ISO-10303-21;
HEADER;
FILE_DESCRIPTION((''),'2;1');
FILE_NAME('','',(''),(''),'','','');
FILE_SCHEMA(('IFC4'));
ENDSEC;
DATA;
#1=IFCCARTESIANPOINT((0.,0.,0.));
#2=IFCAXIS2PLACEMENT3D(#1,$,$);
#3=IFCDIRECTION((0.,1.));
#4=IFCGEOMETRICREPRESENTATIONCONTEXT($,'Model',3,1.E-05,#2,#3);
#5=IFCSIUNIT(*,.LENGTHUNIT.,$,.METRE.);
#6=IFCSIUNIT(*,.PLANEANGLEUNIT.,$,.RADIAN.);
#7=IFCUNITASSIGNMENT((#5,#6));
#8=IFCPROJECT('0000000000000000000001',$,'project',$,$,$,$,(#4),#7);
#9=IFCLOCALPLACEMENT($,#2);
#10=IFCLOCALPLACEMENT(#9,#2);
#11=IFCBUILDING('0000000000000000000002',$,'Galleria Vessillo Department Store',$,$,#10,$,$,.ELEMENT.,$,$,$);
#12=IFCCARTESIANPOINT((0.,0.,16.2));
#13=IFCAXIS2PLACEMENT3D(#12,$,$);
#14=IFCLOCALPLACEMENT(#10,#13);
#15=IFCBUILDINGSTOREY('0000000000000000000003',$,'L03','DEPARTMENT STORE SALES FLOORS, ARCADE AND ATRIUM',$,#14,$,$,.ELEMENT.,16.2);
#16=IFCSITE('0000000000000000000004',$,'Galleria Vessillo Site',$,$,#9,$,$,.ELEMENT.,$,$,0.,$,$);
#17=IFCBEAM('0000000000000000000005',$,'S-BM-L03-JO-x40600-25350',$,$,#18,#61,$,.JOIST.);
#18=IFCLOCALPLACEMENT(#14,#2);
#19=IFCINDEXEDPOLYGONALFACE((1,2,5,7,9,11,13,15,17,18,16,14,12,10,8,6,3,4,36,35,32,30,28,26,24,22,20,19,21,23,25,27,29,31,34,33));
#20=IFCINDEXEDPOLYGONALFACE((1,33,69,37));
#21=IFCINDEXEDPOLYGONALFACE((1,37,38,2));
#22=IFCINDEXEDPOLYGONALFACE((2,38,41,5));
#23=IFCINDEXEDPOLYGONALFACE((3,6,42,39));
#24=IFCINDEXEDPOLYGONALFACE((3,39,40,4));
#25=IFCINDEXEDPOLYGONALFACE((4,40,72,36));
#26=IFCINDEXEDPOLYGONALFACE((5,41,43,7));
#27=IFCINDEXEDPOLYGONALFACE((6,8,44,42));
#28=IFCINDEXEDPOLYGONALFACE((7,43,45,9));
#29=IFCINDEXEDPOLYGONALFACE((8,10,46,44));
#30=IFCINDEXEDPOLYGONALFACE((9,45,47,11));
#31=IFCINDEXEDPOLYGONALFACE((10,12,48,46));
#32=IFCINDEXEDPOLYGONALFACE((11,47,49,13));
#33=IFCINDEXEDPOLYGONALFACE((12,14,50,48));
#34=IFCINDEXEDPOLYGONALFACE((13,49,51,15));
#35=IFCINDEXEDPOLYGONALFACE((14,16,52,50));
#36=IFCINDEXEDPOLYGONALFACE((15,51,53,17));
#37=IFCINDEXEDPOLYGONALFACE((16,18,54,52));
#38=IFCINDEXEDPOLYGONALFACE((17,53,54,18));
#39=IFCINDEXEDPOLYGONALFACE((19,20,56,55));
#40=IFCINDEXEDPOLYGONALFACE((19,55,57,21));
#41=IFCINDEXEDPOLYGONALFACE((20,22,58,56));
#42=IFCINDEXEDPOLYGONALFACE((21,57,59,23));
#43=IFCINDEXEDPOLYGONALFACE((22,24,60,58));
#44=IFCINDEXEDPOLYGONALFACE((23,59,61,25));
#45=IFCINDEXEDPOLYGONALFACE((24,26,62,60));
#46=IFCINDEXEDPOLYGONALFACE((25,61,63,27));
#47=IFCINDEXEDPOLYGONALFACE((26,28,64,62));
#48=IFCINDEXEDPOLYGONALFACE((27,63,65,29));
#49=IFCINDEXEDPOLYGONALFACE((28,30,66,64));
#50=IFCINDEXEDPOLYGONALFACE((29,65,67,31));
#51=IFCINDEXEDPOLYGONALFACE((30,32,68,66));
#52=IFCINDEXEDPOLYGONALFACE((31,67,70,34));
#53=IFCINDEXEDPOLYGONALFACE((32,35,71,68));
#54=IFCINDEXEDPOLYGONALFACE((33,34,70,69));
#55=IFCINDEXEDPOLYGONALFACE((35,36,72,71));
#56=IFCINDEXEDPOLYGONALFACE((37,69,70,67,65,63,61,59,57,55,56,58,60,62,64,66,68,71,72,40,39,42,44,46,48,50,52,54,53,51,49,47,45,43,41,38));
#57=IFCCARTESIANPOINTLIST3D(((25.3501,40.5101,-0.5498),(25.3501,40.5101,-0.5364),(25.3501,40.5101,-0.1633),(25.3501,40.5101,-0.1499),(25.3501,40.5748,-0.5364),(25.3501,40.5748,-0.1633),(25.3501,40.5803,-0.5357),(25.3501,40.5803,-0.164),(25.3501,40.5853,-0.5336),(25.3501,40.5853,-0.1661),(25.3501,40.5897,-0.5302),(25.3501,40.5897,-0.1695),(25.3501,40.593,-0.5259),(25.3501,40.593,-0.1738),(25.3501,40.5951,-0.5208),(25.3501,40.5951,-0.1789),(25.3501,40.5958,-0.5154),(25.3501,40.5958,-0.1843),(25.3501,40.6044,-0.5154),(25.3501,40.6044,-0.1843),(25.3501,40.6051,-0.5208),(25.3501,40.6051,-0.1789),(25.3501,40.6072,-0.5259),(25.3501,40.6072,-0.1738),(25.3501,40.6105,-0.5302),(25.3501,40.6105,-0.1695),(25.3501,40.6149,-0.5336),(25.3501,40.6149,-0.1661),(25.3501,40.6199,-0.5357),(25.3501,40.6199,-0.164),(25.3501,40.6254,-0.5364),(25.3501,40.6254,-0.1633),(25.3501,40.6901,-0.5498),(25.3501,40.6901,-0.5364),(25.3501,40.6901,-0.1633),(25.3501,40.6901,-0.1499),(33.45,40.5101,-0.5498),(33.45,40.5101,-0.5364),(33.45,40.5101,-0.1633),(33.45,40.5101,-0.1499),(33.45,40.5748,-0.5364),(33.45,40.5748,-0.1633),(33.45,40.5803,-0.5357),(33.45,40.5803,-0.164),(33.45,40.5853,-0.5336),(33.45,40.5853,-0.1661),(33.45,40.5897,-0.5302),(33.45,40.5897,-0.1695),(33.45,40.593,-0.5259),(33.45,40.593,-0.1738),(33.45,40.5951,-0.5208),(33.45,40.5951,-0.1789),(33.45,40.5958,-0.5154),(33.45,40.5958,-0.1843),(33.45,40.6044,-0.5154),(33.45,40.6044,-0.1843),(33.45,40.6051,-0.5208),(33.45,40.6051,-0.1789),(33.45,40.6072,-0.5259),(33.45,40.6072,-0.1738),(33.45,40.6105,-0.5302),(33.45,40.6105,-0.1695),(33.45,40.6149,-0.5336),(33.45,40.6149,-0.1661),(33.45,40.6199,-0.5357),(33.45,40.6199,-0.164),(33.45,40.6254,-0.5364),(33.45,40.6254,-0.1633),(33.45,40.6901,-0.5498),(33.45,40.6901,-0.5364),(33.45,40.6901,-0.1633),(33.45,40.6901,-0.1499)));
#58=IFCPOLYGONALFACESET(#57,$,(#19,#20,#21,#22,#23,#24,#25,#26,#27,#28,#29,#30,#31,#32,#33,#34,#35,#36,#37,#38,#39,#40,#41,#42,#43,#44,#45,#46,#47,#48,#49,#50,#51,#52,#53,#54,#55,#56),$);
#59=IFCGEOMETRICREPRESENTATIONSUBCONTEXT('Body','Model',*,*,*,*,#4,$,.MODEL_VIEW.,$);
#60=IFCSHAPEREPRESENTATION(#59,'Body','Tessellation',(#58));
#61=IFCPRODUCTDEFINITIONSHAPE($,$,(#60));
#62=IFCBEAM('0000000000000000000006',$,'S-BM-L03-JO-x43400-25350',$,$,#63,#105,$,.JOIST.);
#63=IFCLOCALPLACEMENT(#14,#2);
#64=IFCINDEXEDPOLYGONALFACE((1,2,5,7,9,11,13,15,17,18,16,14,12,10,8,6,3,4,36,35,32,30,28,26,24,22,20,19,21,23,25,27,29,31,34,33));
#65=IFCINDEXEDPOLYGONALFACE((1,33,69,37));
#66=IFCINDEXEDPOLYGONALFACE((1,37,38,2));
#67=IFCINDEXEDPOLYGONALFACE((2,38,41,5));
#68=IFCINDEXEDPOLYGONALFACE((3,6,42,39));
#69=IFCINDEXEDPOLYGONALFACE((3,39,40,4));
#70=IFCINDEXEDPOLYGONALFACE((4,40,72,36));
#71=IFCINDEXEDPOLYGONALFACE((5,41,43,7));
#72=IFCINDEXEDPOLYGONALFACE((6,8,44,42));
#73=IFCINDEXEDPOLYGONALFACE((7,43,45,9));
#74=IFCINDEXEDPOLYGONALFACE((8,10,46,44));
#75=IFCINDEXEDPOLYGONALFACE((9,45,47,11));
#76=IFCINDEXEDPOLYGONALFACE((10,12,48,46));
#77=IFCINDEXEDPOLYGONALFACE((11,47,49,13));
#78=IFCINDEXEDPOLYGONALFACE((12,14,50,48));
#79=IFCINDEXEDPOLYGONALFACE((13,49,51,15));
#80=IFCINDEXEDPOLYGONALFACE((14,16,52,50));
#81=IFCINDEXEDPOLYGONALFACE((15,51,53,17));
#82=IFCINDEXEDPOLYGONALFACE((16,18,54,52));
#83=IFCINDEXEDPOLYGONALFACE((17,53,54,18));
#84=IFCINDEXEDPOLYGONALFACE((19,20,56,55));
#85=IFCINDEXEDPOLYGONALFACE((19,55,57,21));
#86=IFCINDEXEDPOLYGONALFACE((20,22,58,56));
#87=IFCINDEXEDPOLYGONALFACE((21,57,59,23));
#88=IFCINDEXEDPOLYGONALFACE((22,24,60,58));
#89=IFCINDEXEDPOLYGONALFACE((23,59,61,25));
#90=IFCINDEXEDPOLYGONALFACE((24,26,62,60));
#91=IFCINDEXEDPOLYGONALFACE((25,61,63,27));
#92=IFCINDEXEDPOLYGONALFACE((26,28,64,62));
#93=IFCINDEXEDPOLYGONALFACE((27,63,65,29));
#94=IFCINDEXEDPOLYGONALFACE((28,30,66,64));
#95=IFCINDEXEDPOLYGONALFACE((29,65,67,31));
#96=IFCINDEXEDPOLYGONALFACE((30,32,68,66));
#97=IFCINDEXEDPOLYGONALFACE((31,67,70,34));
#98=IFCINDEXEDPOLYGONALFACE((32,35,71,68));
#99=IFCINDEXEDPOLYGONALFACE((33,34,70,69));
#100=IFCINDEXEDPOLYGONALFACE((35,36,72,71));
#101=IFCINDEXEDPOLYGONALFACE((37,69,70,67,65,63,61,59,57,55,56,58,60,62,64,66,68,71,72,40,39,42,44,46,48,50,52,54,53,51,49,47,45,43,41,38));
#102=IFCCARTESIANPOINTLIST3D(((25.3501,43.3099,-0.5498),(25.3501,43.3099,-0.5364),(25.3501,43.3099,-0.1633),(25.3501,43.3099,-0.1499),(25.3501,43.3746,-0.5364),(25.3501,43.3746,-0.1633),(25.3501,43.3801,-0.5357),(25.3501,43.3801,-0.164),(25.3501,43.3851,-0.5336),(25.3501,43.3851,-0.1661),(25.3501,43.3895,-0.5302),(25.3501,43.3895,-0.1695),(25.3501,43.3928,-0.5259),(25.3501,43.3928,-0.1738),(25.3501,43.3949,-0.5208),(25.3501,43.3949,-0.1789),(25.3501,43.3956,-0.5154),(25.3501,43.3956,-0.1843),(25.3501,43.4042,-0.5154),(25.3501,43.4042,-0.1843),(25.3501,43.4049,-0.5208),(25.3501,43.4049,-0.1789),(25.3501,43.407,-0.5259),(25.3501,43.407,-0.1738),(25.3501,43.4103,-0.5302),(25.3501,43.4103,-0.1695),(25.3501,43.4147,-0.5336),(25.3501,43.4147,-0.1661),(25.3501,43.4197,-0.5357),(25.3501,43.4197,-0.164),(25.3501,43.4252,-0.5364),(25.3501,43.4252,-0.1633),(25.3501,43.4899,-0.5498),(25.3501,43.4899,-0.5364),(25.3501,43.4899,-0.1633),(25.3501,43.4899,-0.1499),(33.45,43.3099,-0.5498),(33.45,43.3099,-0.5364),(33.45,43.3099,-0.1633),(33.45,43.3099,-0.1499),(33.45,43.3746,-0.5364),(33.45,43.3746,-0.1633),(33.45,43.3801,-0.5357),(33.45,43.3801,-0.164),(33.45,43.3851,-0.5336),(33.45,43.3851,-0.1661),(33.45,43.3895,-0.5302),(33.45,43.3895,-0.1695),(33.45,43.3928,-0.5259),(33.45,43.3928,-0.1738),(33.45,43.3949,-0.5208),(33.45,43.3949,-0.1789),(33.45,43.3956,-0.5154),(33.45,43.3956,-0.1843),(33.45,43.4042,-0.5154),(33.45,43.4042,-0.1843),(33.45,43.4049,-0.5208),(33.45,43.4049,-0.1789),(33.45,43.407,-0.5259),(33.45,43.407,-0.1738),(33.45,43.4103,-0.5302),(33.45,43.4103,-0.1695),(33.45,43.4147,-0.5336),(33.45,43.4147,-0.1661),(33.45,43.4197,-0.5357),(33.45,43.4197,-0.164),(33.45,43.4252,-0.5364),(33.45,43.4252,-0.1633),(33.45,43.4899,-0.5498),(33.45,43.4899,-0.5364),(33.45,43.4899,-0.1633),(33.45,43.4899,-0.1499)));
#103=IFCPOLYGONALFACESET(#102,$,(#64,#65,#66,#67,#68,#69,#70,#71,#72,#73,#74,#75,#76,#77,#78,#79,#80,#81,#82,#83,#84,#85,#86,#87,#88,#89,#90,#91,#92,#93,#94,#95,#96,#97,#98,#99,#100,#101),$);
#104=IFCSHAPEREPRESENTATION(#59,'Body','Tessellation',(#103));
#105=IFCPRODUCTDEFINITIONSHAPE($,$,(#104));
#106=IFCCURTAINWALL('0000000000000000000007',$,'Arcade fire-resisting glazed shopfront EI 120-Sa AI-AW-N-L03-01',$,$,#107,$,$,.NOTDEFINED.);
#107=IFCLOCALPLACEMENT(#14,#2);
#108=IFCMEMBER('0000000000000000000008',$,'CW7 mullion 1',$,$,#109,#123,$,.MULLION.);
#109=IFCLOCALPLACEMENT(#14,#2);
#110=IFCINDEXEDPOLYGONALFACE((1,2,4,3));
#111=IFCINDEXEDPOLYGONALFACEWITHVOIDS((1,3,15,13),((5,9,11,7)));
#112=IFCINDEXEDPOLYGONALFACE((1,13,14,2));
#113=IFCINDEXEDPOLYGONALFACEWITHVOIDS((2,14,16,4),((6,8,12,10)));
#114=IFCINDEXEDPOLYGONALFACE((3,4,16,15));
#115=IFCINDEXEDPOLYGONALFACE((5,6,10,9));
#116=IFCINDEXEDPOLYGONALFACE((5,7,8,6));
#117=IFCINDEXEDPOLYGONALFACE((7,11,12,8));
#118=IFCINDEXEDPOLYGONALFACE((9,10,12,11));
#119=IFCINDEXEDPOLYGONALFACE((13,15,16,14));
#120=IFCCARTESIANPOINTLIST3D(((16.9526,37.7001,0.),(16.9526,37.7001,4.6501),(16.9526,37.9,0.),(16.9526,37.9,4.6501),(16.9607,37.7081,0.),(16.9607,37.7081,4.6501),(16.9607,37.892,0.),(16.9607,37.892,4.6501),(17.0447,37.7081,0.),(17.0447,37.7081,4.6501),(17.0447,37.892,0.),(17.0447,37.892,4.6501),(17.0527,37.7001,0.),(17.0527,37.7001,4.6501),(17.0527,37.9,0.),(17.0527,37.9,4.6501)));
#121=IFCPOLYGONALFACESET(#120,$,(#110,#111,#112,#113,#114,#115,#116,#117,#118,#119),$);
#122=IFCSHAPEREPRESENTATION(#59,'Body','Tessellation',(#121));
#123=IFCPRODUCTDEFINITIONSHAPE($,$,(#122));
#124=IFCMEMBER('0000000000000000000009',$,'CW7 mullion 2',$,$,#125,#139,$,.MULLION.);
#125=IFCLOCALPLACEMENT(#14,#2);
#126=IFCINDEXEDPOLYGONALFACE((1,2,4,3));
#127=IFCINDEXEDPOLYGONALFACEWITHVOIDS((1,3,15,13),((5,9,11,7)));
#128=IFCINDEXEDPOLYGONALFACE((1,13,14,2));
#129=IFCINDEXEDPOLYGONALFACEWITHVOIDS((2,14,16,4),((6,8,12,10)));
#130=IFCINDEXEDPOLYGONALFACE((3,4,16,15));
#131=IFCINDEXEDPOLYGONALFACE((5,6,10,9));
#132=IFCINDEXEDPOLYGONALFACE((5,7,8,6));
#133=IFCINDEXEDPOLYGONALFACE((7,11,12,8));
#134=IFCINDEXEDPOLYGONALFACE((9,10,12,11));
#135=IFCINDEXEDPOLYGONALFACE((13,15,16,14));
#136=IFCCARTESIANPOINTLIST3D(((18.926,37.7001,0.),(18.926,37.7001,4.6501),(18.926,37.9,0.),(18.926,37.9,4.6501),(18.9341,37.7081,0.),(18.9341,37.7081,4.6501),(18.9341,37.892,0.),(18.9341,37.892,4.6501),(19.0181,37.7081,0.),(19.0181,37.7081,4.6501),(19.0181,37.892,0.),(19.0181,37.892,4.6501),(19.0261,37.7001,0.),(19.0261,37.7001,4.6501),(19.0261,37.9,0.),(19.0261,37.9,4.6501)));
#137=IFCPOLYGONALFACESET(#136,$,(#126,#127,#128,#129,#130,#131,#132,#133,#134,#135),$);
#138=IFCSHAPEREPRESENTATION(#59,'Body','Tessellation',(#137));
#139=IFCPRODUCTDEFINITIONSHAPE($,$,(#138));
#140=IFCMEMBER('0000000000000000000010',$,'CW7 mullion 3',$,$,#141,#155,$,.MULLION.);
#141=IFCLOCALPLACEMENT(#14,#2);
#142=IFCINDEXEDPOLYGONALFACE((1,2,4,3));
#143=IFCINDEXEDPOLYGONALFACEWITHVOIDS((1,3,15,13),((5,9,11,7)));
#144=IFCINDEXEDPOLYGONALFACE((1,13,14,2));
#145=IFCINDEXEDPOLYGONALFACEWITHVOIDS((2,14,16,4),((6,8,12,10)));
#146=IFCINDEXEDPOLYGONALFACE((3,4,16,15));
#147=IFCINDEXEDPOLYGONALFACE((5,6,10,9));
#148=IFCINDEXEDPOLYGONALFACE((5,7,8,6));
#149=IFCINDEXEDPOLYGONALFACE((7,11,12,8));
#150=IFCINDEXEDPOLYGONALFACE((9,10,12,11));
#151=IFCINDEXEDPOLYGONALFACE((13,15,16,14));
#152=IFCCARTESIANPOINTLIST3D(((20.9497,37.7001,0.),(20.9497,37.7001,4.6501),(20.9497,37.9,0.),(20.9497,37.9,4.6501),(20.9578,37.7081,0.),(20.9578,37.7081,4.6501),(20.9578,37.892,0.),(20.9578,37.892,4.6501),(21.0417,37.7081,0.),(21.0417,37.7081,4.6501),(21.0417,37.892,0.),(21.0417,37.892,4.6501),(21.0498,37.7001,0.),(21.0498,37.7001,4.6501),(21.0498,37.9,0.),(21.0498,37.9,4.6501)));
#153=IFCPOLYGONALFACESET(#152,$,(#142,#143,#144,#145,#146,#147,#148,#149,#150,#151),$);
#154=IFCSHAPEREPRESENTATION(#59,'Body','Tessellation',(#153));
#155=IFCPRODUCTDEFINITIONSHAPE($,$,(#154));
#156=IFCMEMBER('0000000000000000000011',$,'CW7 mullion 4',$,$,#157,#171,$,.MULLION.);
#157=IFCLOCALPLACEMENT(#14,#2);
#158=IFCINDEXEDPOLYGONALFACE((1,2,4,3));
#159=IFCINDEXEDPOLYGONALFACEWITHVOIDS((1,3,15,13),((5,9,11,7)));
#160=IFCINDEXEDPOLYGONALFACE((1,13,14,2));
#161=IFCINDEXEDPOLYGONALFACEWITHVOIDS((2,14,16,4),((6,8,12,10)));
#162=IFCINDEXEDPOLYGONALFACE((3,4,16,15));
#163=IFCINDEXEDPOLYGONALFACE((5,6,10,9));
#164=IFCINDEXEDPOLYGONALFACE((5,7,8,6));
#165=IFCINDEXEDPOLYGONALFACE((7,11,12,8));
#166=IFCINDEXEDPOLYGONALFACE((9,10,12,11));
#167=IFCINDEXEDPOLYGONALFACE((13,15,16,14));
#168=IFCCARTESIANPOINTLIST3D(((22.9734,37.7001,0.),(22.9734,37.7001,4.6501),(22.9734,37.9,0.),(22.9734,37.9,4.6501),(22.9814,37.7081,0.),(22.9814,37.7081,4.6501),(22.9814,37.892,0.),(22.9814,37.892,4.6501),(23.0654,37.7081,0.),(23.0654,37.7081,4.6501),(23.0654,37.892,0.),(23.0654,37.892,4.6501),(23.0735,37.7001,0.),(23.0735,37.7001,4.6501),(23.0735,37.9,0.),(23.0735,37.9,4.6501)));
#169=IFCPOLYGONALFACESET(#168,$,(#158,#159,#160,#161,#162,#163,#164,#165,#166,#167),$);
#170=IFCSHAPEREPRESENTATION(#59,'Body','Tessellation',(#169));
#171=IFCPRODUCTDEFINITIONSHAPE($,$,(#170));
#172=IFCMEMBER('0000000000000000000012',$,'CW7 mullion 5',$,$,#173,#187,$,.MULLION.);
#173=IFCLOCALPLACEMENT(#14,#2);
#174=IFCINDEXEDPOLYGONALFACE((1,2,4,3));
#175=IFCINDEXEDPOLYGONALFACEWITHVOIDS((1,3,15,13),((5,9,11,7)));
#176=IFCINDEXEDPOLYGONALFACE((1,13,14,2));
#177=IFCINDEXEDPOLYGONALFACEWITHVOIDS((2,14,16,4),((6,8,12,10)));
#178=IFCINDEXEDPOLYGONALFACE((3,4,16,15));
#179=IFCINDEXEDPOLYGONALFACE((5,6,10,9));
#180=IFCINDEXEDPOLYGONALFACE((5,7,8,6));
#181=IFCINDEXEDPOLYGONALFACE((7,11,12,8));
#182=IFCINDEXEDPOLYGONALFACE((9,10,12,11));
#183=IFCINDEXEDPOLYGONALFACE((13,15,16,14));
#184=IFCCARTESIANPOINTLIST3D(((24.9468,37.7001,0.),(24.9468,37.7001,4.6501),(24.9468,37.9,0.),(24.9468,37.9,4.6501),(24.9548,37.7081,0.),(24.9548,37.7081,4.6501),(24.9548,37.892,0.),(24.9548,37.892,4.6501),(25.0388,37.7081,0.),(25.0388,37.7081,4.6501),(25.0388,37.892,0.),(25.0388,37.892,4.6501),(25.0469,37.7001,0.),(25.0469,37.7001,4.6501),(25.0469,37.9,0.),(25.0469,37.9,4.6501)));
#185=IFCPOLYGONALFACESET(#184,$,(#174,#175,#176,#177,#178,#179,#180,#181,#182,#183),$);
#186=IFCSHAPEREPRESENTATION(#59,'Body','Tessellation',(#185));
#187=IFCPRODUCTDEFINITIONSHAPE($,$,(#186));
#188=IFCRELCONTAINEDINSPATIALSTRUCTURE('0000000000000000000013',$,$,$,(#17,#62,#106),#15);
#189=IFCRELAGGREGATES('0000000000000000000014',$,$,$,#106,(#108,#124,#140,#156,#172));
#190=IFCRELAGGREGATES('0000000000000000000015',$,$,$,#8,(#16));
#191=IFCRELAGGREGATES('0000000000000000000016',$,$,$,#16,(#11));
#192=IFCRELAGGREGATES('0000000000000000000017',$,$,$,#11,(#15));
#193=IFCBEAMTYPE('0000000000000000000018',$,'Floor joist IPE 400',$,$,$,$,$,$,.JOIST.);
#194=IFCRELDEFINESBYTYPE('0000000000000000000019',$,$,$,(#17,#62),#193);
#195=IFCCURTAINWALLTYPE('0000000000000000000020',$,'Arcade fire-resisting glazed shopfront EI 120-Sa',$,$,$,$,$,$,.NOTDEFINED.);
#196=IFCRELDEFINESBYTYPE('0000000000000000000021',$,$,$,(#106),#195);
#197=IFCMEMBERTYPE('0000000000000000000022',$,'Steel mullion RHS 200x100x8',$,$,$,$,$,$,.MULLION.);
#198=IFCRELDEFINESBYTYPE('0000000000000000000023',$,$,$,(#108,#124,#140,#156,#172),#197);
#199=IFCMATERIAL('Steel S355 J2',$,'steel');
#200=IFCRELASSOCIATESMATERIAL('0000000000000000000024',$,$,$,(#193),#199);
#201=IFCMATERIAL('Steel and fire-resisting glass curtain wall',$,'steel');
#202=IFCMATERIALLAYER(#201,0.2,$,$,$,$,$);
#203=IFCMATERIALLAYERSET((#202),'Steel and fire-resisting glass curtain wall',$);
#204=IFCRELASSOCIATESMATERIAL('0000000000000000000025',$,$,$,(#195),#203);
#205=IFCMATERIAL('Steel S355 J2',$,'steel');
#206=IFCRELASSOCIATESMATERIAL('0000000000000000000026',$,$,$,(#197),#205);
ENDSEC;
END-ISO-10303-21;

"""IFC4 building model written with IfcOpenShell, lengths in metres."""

from ifc_helpers import new_model, si_unit, direction, frame, origin, origin_2d, place, context, subcontext, project, spatial, hollow_rectangle, i_section, extrude, material, layer, layer_set, material_profile, profile_set, type_object, element, aggregate, save


model = new_model("IFC4")

# Units and contexts
model_context = context("Model", 3, precision=1e-05, world=origin(), true_north=direction((0.0, 1.0)))
body_context = subcontext(model_context, "Body", "Model", "MODEL_VIEW")
ifc_project = project(units=[si_unit("LENGTHUNIT", "METRE"), si_unit("PLANEANGLEUNIT", "RADIAN")], contexts=[model_context])

# Site, building, storey
site_placement = place(None, origin())
site = spatial("IfcSite", under=ifc_project, at=site_placement, Name="Galleria Vessillo Site", CompositionType="ELEMENT", RefElevation=0.0)
building_placement = place(site_placement, origin())
building = spatial("IfcBuilding", under=site, at=building_placement, Name="Galleria Vessillo Department Store", CompositionType="ELEMENT")
storey_placement = place(building_placement, frame((0.0, 0.0, 16.2)))
storey = spatial("IfcBuildingStorey", under=building, at=storey_placement, Name="L03", Description="DEPARTMENT STORE SALES FLOORS, ARCADE AND ATRIUM", CompositionType="ELEMENT", Elevation=16.2)

# Beams
ifc_material_1 = material(Name="Steel S355 J2", Category="steel")
ifc_material_profile_1 = material_profile(ifc_material_1, i_section(OverallWidth=0.1799, OverallDepth=0.3999, WebThickness=0.0085, FlangeThickness=0.0134, FilletRadius=0.021, at=origin_2d()), Name="IPE 400")
ifc_profile_set_1 = profile_set([ifc_material_profile_1], Name="Steel S355 J2")
beam_type_1 = type_object("IfcBeamType", Name="Floor joist IPE 400", PredefinedType="JOIST", material=ifc_profile_set_1)
for number, where, z_axis, x_axis, name in (
    (1, (25.3501, 40.6001, -0.3499), (1.0, 0.0, 0.0), (0.0, 1.0, 0.0), "S-BM-L03-JO-x40600-25350"),
    (2, (25.3501, 43.3999, -0.3499), (1.0, 0.0, 0.0), (0.0, 1.0, 0.0), "S-BM-L03-JO-x43400-25350"),
):
    element("IfcBeam", number, at=place(storey_placement, frame(where, z_axis=z_axis, x_axis=x_axis)), inside=storey, type_object=beam_type_1, Name=name, PredefinedType="JOIST", context=body_context, shape_type="SweptSolid", body=[
        extrude(i_section(OverallWidth=0.1799, OverallDepth=0.3999, WebThickness=0.0085, FlangeThickness=0.0134, FilletRadius=0.021, at=origin_2d()), origin(), (0.0, 0.0, 1.0), 8.0999),
    ])

# Curtain wall, members
ifc_material_2 = material(Name="Steel and fire-resisting glass curtain wall", Category="steel")
ifc_layer_1 = layer(ifc_material_2, 0.2)
ifc_layer_set_1 = layer_set([ifc_layer_1], Name="Steel and fire-resisting glass curtain wall")
curtain_wall_type = type_object("IfcCurtainWallType", Name="Arcade fire-resisting glazed shopfront EI 120-Sa", PredefinedType="NOTDEFINED", material=ifc_layer_set_1)
curtain_wall_placement = place(storey_placement, origin())
curtain_wall = element("IfcCurtainWall", 3, at=curtain_wall_placement, inside=storey, type_object=curtain_wall_type, Name="Arcade fire-resisting glazed shopfront EI 120-Sa AI-AW-N-L03-01", PredefinedType="NOTDEFINED")
ifc_material_3 = material(Name="Steel S355 J2", Category="steel")
ifc_material_profile_2 = material_profile(ifc_material_3, hollow_rectangle(XDim=0.2, YDim=0.1001, WallThickness=0.0081, at=origin_2d()), Name="RHS 200x100x8")
ifc_profile_set_2 = profile_set([ifc_material_profile_2], Name="Steel S355 J2")
member_type_1 = type_object("IfcMemberType", Name="Steel mullion RHS 200x100x8", PredefinedType="MULLION", material=ifc_profile_set_2)
member_1_placement = place(storey_placement, frame((17.0027, 37.8, 0.0), z_axis=(0.0, 0.0, 1.0), x_axis=(0.0, 1.0, 0.0)))
member_1 = element("IfcMember", 4, at=member_1_placement, type_object=member_type_1, Name="CW7 mullion 1", PredefinedType="MULLION", context=body_context, shape_type="SweptSolid", body=[
    extrude(hollow_rectangle(XDim=0.2, YDim=0.1001, WallThickness=0.0081, at=origin_2d()), origin(), (0.0, 0.0, 1.0), 4.6501),
])
member_2_placement = place(storey_placement, frame((18.9761, 37.8, 0.0), z_axis=(0.0, 0.0, 1.0), x_axis=(0.0, 1.0, 0.0)))
member_2 = element("IfcMember", 5, at=member_2_placement, type_object=member_type_1, Name="CW7 mullion 2", PredefinedType="MULLION", context=body_context, shape_type="SweptSolid", body=[
    extrude(hollow_rectangle(XDim=0.2, YDim=0.1001, WallThickness=0.0081, at=origin_2d()), origin(), (0.0, 0.0, 1.0), 4.6501),
])
member_3_placement = place(storey_placement, frame((20.9998, 37.8, 0.0), z_axis=(0.0, 0.0, 1.0), x_axis=(0.0, 1.0, 0.0)))
member_3 = element("IfcMember", 6, at=member_3_placement, type_object=member_type_1, Name="CW7 mullion 3", PredefinedType="MULLION", context=body_context, shape_type="SweptSolid", body=[
    extrude(hollow_rectangle(XDim=0.2, YDim=0.1001, WallThickness=0.0081, at=origin_2d()), origin(), (0.0, 0.0, 1.0), 4.6501),
])
member_4_placement = place(storey_placement, frame((23.0234, 37.8, 0.0), z_axis=(0.0, 0.0, 1.0), x_axis=(0.0, 1.0, 0.0)))
member_4 = element("IfcMember", 7, at=member_4_placement, type_object=member_type_1, Name="CW7 mullion 4", PredefinedType="MULLION", context=body_context, shape_type="SweptSolid", body=[
    extrude(hollow_rectangle(XDim=0.2, YDim=0.1001, WallThickness=0.0081, at=origin_2d()), origin(), (0.0, 0.0, 1.0), 4.6501),
])
member_5_placement = place(storey_placement, frame((24.9968, 37.8, 0.0), z_axis=(0.0, 0.0, 1.0), x_axis=(0.0, 1.0, 0.0)))
member_5 = element("IfcMember", 8, at=member_5_placement, type_object=member_type_1, Name="CW7 mullion 5", PredefinedType="MULLION", context=body_context, shape_type="SweptSolid", body=[
    extrude(hollow_rectangle(XDim=0.2, YDim=0.1001, WallThickness=0.0081, at=origin_2d()), origin(), (0.0, 0.0, 1.0), 4.6501),
])

aggregate(curtain_wall, [member_1, member_2, member_3, member_4, member_5])

save(model, "model.ifc")
